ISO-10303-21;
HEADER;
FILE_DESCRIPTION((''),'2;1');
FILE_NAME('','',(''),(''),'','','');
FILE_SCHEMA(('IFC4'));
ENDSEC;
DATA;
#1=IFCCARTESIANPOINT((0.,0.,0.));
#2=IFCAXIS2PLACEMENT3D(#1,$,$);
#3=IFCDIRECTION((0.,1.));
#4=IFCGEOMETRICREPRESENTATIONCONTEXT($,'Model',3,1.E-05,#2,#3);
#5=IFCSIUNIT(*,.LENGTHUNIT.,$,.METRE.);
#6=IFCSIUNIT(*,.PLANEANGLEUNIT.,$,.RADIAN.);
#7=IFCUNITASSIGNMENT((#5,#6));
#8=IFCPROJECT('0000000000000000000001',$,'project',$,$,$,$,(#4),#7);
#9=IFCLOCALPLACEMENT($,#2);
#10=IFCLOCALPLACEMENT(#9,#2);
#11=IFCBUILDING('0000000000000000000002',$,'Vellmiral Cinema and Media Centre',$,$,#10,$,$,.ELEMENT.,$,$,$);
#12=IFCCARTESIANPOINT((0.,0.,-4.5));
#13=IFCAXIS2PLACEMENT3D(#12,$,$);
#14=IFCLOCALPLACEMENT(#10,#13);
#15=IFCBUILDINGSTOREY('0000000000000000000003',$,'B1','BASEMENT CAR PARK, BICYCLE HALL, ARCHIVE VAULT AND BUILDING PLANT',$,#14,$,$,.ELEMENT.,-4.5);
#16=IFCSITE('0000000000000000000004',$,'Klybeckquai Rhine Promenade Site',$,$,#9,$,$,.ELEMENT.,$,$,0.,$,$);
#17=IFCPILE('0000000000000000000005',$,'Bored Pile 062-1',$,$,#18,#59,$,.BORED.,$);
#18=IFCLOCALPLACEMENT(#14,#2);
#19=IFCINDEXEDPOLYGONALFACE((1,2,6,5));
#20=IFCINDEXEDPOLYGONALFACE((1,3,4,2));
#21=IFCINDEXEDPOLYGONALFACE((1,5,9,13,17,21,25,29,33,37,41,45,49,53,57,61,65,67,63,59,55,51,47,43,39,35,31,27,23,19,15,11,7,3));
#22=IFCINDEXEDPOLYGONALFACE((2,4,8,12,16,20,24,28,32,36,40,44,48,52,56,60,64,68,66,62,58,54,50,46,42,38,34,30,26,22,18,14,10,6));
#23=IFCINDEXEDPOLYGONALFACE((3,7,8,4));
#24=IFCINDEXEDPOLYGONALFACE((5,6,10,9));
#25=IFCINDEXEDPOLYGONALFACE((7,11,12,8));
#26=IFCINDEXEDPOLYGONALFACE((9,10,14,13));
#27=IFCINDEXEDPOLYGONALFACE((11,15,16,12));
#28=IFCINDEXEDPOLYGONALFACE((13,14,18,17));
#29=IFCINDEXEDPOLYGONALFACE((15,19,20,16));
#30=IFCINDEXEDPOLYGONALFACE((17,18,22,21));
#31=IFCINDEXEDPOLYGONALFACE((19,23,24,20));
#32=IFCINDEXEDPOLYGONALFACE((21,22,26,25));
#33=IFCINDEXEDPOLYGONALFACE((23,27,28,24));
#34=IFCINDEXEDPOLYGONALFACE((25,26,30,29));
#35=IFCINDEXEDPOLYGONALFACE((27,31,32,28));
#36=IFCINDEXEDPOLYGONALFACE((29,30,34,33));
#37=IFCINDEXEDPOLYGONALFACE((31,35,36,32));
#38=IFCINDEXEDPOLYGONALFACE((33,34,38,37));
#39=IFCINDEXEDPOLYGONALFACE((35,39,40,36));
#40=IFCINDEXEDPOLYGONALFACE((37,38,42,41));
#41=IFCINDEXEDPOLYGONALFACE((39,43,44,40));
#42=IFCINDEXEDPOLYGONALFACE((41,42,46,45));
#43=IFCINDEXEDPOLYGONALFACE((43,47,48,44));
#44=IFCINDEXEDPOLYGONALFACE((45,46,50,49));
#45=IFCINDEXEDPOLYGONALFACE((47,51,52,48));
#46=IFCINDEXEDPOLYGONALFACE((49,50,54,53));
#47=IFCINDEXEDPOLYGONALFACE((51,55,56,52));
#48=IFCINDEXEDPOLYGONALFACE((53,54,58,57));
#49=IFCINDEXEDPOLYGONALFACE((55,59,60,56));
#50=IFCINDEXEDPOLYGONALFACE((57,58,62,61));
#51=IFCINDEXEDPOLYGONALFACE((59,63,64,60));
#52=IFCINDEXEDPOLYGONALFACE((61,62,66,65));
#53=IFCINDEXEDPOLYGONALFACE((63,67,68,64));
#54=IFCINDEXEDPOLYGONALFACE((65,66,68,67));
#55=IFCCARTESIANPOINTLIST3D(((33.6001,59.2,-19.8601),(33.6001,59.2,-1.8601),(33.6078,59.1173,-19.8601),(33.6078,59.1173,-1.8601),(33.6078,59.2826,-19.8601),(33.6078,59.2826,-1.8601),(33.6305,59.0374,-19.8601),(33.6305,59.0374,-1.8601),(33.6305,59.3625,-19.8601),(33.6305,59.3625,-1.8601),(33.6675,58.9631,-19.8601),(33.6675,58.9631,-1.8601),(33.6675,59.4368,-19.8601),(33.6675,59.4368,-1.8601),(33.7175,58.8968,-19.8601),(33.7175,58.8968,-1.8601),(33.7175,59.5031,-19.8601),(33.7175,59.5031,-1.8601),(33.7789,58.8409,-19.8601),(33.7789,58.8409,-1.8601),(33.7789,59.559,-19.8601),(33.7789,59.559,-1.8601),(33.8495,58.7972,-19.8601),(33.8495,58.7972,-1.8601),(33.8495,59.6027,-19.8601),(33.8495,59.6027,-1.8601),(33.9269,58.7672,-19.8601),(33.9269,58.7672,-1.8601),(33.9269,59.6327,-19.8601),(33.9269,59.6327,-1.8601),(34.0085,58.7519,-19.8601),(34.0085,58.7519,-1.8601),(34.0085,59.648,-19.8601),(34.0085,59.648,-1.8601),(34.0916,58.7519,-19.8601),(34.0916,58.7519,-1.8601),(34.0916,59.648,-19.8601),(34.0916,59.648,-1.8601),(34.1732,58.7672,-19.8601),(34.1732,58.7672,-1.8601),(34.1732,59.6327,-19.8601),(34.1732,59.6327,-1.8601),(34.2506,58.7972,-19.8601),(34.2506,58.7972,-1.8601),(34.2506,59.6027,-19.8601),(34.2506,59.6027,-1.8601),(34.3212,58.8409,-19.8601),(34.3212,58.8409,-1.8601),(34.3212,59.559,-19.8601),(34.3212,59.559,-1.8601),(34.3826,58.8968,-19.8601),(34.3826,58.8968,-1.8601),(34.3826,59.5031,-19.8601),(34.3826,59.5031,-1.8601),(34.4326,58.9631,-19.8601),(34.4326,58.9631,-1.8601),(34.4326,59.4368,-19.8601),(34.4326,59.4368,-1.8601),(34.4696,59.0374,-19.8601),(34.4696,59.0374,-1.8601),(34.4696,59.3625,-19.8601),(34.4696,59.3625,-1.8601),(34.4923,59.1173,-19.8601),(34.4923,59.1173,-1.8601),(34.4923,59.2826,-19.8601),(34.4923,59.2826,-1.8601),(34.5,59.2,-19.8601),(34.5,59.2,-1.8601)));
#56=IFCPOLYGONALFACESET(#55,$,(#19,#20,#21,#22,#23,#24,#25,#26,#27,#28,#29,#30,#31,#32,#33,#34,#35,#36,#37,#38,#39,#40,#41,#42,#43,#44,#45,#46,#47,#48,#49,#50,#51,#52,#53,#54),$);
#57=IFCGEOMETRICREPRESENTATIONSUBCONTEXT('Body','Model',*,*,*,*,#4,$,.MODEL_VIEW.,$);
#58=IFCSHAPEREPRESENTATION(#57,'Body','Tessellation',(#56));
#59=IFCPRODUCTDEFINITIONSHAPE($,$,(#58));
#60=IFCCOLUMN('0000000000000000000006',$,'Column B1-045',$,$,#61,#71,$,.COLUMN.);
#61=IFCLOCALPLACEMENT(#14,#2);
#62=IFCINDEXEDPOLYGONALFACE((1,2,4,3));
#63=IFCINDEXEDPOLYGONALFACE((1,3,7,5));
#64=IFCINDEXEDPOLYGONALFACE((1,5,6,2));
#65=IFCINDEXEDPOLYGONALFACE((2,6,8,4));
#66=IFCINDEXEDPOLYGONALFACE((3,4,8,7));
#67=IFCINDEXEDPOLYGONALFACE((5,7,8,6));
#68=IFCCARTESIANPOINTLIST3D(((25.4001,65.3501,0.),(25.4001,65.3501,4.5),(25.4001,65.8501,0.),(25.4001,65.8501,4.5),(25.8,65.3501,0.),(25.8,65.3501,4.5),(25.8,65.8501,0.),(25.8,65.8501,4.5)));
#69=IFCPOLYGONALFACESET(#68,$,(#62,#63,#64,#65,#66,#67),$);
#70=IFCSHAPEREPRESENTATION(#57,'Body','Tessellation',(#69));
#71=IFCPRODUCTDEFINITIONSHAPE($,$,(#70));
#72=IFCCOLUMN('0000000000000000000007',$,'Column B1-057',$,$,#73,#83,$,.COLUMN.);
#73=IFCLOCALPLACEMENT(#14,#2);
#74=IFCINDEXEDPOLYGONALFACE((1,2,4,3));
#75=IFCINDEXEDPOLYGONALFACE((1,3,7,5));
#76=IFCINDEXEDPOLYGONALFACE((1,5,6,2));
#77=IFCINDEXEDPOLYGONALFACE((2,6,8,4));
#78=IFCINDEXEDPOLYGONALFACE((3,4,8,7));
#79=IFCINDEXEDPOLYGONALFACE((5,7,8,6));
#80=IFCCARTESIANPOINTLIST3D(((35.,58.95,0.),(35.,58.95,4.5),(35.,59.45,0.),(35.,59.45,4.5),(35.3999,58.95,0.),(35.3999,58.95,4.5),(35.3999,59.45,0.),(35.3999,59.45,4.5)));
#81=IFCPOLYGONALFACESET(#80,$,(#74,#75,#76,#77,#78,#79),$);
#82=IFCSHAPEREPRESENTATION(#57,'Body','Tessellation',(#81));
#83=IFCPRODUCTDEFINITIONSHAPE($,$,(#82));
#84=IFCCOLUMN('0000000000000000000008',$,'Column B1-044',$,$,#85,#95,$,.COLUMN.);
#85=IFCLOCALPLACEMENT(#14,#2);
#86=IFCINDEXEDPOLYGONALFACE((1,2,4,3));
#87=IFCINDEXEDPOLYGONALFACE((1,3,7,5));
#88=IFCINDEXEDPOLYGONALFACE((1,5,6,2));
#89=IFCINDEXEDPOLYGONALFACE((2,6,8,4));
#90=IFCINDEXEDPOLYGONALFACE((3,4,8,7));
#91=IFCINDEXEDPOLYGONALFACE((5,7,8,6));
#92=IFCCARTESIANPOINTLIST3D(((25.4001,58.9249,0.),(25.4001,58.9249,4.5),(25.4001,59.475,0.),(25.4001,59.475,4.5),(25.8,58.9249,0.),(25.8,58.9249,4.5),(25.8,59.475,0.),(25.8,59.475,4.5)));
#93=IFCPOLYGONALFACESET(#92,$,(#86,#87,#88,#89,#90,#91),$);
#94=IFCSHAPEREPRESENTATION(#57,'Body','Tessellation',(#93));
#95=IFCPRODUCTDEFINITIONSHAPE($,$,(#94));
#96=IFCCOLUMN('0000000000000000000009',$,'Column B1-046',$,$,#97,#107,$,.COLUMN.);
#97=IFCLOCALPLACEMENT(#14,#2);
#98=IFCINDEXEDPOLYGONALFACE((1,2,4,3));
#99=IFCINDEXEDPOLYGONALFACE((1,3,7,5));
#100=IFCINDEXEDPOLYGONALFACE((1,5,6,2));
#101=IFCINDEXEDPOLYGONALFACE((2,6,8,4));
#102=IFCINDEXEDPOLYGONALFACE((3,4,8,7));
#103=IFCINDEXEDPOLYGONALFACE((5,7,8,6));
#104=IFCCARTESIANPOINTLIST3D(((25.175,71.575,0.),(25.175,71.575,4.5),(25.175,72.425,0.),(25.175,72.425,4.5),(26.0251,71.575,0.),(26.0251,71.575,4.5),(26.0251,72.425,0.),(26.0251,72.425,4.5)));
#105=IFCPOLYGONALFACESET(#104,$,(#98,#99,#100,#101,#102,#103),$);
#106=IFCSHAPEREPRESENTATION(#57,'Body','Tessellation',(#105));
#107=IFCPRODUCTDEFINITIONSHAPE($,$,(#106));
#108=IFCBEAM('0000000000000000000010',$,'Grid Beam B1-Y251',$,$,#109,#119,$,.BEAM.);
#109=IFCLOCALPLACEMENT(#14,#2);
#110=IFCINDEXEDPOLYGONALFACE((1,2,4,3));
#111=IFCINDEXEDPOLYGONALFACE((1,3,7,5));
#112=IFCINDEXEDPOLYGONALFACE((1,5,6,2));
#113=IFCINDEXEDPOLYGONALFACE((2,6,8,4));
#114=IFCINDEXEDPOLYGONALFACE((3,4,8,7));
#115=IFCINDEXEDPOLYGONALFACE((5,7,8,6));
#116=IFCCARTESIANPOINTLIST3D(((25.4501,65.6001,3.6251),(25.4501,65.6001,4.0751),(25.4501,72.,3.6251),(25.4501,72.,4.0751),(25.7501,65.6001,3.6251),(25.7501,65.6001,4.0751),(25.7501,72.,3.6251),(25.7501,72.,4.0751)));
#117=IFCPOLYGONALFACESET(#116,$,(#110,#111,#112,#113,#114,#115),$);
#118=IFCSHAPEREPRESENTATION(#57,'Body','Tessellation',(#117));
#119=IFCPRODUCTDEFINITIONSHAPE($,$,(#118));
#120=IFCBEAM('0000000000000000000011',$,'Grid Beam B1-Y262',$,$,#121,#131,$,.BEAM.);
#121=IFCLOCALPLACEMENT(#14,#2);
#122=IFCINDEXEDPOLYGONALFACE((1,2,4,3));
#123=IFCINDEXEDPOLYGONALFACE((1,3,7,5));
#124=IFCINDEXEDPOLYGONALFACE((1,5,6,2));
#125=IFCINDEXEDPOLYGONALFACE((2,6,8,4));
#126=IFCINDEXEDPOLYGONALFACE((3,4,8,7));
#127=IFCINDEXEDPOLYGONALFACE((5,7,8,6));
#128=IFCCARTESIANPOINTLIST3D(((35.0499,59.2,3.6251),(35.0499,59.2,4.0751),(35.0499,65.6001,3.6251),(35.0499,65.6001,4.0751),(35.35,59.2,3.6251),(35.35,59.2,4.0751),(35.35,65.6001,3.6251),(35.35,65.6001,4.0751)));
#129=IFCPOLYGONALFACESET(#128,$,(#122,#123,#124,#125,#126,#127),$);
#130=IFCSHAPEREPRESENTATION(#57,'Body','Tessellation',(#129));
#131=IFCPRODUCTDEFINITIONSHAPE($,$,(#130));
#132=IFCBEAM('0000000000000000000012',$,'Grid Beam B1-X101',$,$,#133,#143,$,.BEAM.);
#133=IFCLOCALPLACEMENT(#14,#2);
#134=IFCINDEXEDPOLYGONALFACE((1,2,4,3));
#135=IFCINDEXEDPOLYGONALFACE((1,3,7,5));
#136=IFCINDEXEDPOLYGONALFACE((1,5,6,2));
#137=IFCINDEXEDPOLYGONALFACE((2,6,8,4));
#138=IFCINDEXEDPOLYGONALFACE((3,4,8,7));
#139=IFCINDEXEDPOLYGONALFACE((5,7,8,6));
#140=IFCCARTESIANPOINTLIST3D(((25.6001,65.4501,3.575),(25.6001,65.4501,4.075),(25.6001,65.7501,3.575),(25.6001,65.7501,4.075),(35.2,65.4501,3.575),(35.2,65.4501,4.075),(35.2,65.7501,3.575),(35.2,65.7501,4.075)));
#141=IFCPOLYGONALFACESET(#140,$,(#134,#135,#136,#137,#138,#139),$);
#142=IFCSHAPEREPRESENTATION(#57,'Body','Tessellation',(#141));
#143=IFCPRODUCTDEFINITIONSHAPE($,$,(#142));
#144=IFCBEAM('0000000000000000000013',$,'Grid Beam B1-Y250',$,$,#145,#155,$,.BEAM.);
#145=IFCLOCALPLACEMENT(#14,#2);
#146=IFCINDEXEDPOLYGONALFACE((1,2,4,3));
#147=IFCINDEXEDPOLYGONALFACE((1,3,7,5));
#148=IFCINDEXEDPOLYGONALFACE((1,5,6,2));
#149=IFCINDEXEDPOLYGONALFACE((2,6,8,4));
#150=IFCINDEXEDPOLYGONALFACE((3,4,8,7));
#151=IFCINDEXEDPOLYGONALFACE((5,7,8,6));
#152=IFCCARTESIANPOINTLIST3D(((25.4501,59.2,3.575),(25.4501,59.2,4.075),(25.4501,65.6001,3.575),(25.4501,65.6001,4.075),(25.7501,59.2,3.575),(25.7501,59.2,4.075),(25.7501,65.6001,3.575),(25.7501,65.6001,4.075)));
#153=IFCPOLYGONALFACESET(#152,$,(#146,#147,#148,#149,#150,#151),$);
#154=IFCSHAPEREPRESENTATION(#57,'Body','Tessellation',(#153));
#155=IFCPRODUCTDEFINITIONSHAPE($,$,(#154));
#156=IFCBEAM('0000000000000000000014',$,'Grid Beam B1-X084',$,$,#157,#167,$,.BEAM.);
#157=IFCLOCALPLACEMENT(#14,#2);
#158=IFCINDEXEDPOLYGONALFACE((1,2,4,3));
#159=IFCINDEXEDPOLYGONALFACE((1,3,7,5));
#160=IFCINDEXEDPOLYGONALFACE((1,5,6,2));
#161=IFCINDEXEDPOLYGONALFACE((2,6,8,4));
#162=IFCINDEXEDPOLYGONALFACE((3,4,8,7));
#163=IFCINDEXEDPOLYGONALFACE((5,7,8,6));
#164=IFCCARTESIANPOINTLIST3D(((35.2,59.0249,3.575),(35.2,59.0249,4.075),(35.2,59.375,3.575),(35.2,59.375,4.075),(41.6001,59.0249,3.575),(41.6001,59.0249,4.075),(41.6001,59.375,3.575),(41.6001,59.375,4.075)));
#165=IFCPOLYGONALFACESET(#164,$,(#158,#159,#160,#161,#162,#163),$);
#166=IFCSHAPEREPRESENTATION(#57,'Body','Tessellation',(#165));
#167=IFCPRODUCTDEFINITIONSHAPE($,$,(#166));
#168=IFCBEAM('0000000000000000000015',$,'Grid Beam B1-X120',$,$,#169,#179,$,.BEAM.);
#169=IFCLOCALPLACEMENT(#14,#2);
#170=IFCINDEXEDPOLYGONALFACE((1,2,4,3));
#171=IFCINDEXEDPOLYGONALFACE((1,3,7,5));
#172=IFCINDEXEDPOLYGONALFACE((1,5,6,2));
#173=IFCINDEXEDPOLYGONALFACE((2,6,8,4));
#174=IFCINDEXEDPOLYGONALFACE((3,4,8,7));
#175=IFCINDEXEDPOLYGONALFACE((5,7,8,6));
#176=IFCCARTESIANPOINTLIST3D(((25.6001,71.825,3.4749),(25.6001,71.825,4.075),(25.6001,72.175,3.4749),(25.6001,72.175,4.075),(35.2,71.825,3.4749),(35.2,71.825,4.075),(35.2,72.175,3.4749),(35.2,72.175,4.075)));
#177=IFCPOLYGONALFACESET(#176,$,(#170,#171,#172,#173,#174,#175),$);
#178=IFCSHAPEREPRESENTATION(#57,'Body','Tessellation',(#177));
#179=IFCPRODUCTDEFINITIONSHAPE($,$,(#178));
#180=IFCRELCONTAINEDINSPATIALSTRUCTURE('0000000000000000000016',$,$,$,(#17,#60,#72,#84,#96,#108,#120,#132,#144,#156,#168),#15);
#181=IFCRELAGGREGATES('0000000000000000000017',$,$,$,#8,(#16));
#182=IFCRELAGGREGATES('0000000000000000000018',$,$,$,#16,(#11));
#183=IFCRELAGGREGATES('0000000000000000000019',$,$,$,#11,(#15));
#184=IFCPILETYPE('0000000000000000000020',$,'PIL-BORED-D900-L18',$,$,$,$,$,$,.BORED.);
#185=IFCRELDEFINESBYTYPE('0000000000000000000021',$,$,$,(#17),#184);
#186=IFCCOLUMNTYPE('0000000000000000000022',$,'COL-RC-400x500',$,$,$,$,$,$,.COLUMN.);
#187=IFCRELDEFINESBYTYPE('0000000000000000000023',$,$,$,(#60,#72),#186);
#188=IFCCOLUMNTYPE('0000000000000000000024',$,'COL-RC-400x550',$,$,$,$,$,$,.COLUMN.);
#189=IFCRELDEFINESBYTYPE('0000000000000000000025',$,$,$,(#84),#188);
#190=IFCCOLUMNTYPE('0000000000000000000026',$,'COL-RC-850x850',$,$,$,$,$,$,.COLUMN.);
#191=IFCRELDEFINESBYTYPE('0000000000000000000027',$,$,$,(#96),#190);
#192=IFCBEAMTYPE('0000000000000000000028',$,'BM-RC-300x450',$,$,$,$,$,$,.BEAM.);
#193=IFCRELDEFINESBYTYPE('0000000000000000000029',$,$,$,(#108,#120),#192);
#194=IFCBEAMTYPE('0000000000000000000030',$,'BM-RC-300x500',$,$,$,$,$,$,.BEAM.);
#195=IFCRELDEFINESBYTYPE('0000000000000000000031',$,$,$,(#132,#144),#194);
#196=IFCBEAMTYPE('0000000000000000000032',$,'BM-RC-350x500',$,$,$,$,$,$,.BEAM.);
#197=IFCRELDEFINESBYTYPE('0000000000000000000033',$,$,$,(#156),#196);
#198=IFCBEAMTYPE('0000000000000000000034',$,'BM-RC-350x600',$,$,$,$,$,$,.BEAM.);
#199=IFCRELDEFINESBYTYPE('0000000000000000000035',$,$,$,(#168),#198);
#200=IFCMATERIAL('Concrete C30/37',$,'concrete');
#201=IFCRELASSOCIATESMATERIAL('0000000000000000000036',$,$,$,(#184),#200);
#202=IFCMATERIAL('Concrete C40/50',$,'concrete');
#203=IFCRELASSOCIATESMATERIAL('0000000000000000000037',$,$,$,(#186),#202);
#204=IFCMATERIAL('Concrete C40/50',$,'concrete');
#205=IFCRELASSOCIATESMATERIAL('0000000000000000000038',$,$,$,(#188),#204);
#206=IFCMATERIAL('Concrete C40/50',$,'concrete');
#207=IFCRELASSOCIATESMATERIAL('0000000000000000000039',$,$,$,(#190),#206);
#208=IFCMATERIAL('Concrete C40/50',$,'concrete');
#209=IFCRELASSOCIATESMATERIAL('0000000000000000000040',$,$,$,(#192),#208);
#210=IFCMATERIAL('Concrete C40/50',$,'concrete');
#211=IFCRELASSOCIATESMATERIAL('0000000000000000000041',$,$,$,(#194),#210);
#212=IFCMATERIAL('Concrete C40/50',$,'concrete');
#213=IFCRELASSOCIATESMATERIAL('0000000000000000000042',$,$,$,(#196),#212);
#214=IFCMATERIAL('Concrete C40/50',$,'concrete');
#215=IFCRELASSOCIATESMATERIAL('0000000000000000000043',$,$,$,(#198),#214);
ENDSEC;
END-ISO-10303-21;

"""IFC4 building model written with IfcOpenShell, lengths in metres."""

from ifc_helpers import new_model, si_unit, direction, frame, origin, origin_2d, place, context, subcontext, project, spatial, rectangle, circle, extrude, material, material_profile, profile_set, type_object, element, save


model = new_model("IFC4")

# Units and contexts
model_context = context("Model", 3, precision=1e-05, world=origin(), true_north=direction((0.0, 1.0)))
body_context = subcontext(model_context, "Body", "Model", "MODEL_VIEW")
ifc_project = project(units=[si_unit("LENGTHUNIT", "METRE"), si_unit("PLANEANGLEUNIT", "RADIAN")], contexts=[model_context])

# Site, building, storey
site_placement = place(None, origin())
site = spatial("IfcSite", under=ifc_project, at=site_placement, Name="Klybeckquai Rhine Promenade Site", CompositionType="ELEMENT", RefElevation=0.0)
building_placement = place(site_placement, origin())
building = spatial("IfcBuilding", under=site, at=building_placement, Name="Vellmiral Cinema and Media Centre", CompositionType="ELEMENT")
storey_placement = place(building_placement, frame((0.0, 0.0, -4.5)))
storey = spatial("IfcBuildingStorey", under=building, at=storey_placement, Name="B1", Description="BASEMENT CAR PARK, BICYCLE HALL, ARCHIVE VAULT AND BUILDING PLANT", CompositionType="ELEMENT", Elevation=-4.5)

# Pile
ifc_material_1 = material(Name="Concrete C30/37", Category="concrete")
ifc_material_profile_1 = material_profile(ifc_material_1, circle(Radius=0.45, at=origin_2d()), Name="PILE D900")
ifc_profile_set_1 = profile_set([ifc_material_profile_1], Name="Concrete C30/37")
pile_type_1 = type_object("IfcPileType", Name="PIL-BORED-D900-L18", PredefinedType="BORED", material=ifc_profile_set_1)
for number, where, z_axis, x_axis, name in (
    (1, (34.05, 59.2, -1.8601), (0.0, 0.0, -1.0), (1.0, 0.0, 0.0), "Bored Pile 062-1"),
):
    element("IfcPile", number, at=place(storey_placement, frame(where, z_axis=z_axis, x_axis=x_axis)), inside=storey, type_object=pile_type_1, Name=name, PredefinedType="BORED", context=body_context, shape_type="SweptSolid", body=[
        extrude(circle(Radius=0.45, at=origin_2d()), origin(), (0.0, 0.0, 1.0), 18.0),
    ])

# Columns
ifc_material_2 = material(Name="Concrete C40/50", Category="concrete")
ifc_material_profile_2 = material_profile(ifc_material_2, rectangle(XDim=0.3999, YDim=0.5, at=origin_2d()), Name="RC 400x500")
ifc_profile_set_2 = profile_set([ifc_material_profile_2], Name="Concrete C40/50")
column_type_1 = type_object("IfcColumnType", Name="COL-RC-400x500", PredefinedType="COLUMN", material=ifc_profile_set_2)
for number, where, z_axis, x_axis, name in (
    (2, (25.6001, 65.6001, 0.0), (0.0, 0.0, 1.0), (1.0, 0.0, 0.0), "Column B1-045"),
    (3, (35.2, 59.2, 0.0), (0.0, 0.0, 1.0), (1.0, 0.0, 0.0), "Column B1-057"),
):
    element("IfcColumn", number, at=place(storey_placement, frame(where, z_axis=z_axis, x_axis=x_axis)), inside=storey, type_object=column_type_1, Name=name, PredefinedType="COLUMN", context=body_context, shape_type="SweptSolid", body=[
        extrude(rectangle(XDim=0.3999, YDim=0.5, at=origin_2d()), origin(), (0.0, 0.0, 1.0), 4.5),
    ])
ifc_material_3 = material(Name="Concrete C40/50", Category="concrete")
ifc_material_profile_3 = material_profile(ifc_material_3, rectangle(XDim=0.3999, YDim=0.55, at=origin_2d()), Name="RC 400x550")
ifc_profile_set_3 = profile_set([ifc_material_profile_3], Name="Concrete C40/50")
column_type_2 = type_object("IfcColumnType", Name="COL-RC-400x550", PredefinedType="COLUMN", material=ifc_profile_set_3)
column_1_placement = place(storey_placement, frame((25.6001, 59.2, 0.0), z_axis=(0.0, 0.0, 1.0), x_axis=(1.0, 0.0, 0.0)))
element("IfcColumn", 4, at=column_1_placement, inside=storey, type_object=column_type_2, Name="Column B1-044", PredefinedType="COLUMN", context=body_context, shape_type="SweptSolid", body=[
    extrude(rectangle(XDim=0.3999, YDim=0.55, at=origin_2d()), origin(), (0.0, 0.0, 1.0), 4.5),
])
ifc_material_4 = material(Name="Concrete C40/50", Category="concrete")
ifc_material_profile_4 = material_profile(ifc_material_4, rectangle(XDim=0.8501, YDim=0.8501, at=origin_2d()), Name="RC 850x850")
ifc_profile_set_4 = profile_set([ifc_material_profile_4], Name="Concrete C40/50")
column_type_3 = type_object("IfcColumnType", Name="COL-RC-850x850", PredefinedType="COLUMN", material=ifc_profile_set_4)
column_2_placement = place(storey_placement, frame((25.6001, 72.0, 0.0), z_axis=(0.0, 0.0, 1.0), x_axis=(1.0, 0.0, 0.0)))
element("IfcColumn", 5, at=column_2_placement, inside=storey, type_object=column_type_3, Name="Column B1-046", PredefinedType="COLUMN", context=body_context, shape_type="SweptSolid", body=[
    extrude(rectangle(XDim=0.8501, YDim=0.8501, at=origin_2d()), origin(), (0.0, 0.0, 1.0), 4.5),
])

# Beams
ifc_material_5 = material(Name="Concrete C40/50", Category="concrete")
ifc_material_profile_5 = material_profile(ifc_material_5, rectangle(XDim=0.3, YDim=0.45, at=origin_2d()), Name="RC 300x450")
ifc_profile_set_5 = profile_set([ifc_material_profile_5], Name="Concrete C40/50")
beam_type_1 = type_object("IfcBeamType", Name="BM-RC-300x450", PredefinedType="BEAM", material=ifc_profile_set_5)
beam_1_placement = place(storey_placement, frame((25.6001, 65.6001, 3.8501), z_axis=(0.0, 1.0, 0.0), x_axis=(-1.0, 0.0, 0.0)))
element("IfcBeam", 6, at=beam_1_placement, inside=storey, type_object=beam_type_1, Name="Grid Beam B1-Y251", PredefinedType="BEAM", context=body_context, shape_type="SweptSolid", body=[
    extrude(rectangle(XDim=0.3, YDim=0.45, at=origin_2d()), origin(), (0.0, 0.0, 1.0), 6.3999),
])
beam_2_placement = place(storey_placement, frame((35.2, 59.2, 3.8501), z_axis=(0.0, 1.0, 0.0), x_axis=(-1.0, 0.0, 0.0)))
element("IfcBeam", 7, at=beam_2_placement, inside=storey, type_object=beam_type_1, Name="Grid Beam B1-Y262", PredefinedType="BEAM", context=body_context, shape_type="SweptSolid", body=[
    extrude(rectangle(XDim=0.3, YDim=0.45, at=origin_2d()), origin(), (0.0, 0.0, 1.0), 6.4001),
])
ifc_material_6 = material(Name="Concrete C40/50", Category="concrete")
ifc_material_profile_6 = material_profile(ifc_material_6, rectangle(XDim=0.3, YDim=0.5, at=origin_2d()), Name="RC 300x500")
ifc_profile_set_6 = profile_set([ifc_material_profile_6], Name="Concrete C40/50")
beam_type_2 = type_object("IfcBeamType", Name="BM-RC-300x500", PredefinedType="BEAM", material=ifc_profile_set_6)
beam_3_placement = place(storey_placement, frame((25.6001, 65.6001, 3.825), z_axis=(1.0, 0.0, 0.0), x_axis=(0.0, 1.0, 0.0)))
element("IfcBeam", 8, at=beam_3_placement, inside=storey, type_object=beam_type_2, Name="Grid Beam B1-X101", PredefinedType="BEAM", context=body_context, shape_type="SweptSolid", body=[
    extrude(rectangle(XDim=0.3, YDim=0.5, at=origin_2d()), origin(), (0.0, 0.0, 1.0), 9.5999),
])
beam_4_placement = place(storey_placement, frame((25.6001, 59.2, 3.825), z_axis=(0.0, 1.0, 0.0), x_axis=(-1.0, 0.0, 0.0)))
element("IfcBeam", 9, at=beam_4_placement, inside=storey, type_object=beam_type_2, Name="Grid Beam B1-Y250", PredefinedType="BEAM", context=body_context, shape_type="SweptSolid", body=[
    extrude(rectangle(XDim=0.3, YDim=0.5, at=origin_2d()), origin(), (0.0, 0.0, 1.0), 6.4001),
])
ifc_material_7 = material(Name="Concrete C40/50", Category="concrete")
ifc_material_profile_7 = material_profile(ifc_material_7, rectangle(XDim=0.3501, YDim=0.5, at=origin_2d()), Name="RC 350x500")
ifc_profile_set_7 = profile_set([ifc_material_profile_7], Name="Concrete C40/50")
beam_type_3 = type_object("IfcBeamType", Name="BM-RC-350x500", PredefinedType="BEAM", material=ifc_profile_set_7)
beam_5_placement = place(storey_placement, frame((35.2, 59.2, 3.825), z_axis=(1.0, 0.0, 0.0), x_axis=(0.0, 1.0, 0.0)))
element("IfcBeam", 10, at=beam_5_placement, inside=storey, type_object=beam_type_3, Name="Grid Beam B1-X084", PredefinedType="BEAM", context=body_context, shape_type="SweptSolid", body=[
    extrude(rectangle(XDim=0.3501, YDim=0.5, at=origin_2d()), origin(), (0.0, 0.0, 1.0), 6.4001),
])
ifc_material_8 = material(Name="Concrete C40/50", Category="concrete")
ifc_material_profile_8 = material_profile(ifc_material_8, rectangle(XDim=0.3501, YDim=0.6001, at=origin_2d()), Name="RC 350x600")
ifc_profile_set_8 = profile_set([ifc_material_profile_8], Name="Concrete C40/50")
beam_type_4 = type_object("IfcBeamType", Name="BM-RC-350x600", PredefinedType="BEAM", material=ifc_profile_set_8)
beam_6_placement = place(storey_placement, frame((25.6001, 72.0, 3.7749), z_axis=(1.0, 0.0, 0.0), x_axis=(0.0, 1.0, 0.0)))
element("IfcBeam", 11, at=beam_6_placement, inside=storey, type_object=beam_type_4, Name="Grid Beam B1-X120", PredefinedType="BEAM", context=body_context, shape_type="SweptSolid", body=[
    extrude(rectangle(XDim=0.3501, YDim=0.6001, at=origin_2d()), origin(), (0.0, 0.0, 1.0), 9.5999),
])

save(model, "model.ifc")
